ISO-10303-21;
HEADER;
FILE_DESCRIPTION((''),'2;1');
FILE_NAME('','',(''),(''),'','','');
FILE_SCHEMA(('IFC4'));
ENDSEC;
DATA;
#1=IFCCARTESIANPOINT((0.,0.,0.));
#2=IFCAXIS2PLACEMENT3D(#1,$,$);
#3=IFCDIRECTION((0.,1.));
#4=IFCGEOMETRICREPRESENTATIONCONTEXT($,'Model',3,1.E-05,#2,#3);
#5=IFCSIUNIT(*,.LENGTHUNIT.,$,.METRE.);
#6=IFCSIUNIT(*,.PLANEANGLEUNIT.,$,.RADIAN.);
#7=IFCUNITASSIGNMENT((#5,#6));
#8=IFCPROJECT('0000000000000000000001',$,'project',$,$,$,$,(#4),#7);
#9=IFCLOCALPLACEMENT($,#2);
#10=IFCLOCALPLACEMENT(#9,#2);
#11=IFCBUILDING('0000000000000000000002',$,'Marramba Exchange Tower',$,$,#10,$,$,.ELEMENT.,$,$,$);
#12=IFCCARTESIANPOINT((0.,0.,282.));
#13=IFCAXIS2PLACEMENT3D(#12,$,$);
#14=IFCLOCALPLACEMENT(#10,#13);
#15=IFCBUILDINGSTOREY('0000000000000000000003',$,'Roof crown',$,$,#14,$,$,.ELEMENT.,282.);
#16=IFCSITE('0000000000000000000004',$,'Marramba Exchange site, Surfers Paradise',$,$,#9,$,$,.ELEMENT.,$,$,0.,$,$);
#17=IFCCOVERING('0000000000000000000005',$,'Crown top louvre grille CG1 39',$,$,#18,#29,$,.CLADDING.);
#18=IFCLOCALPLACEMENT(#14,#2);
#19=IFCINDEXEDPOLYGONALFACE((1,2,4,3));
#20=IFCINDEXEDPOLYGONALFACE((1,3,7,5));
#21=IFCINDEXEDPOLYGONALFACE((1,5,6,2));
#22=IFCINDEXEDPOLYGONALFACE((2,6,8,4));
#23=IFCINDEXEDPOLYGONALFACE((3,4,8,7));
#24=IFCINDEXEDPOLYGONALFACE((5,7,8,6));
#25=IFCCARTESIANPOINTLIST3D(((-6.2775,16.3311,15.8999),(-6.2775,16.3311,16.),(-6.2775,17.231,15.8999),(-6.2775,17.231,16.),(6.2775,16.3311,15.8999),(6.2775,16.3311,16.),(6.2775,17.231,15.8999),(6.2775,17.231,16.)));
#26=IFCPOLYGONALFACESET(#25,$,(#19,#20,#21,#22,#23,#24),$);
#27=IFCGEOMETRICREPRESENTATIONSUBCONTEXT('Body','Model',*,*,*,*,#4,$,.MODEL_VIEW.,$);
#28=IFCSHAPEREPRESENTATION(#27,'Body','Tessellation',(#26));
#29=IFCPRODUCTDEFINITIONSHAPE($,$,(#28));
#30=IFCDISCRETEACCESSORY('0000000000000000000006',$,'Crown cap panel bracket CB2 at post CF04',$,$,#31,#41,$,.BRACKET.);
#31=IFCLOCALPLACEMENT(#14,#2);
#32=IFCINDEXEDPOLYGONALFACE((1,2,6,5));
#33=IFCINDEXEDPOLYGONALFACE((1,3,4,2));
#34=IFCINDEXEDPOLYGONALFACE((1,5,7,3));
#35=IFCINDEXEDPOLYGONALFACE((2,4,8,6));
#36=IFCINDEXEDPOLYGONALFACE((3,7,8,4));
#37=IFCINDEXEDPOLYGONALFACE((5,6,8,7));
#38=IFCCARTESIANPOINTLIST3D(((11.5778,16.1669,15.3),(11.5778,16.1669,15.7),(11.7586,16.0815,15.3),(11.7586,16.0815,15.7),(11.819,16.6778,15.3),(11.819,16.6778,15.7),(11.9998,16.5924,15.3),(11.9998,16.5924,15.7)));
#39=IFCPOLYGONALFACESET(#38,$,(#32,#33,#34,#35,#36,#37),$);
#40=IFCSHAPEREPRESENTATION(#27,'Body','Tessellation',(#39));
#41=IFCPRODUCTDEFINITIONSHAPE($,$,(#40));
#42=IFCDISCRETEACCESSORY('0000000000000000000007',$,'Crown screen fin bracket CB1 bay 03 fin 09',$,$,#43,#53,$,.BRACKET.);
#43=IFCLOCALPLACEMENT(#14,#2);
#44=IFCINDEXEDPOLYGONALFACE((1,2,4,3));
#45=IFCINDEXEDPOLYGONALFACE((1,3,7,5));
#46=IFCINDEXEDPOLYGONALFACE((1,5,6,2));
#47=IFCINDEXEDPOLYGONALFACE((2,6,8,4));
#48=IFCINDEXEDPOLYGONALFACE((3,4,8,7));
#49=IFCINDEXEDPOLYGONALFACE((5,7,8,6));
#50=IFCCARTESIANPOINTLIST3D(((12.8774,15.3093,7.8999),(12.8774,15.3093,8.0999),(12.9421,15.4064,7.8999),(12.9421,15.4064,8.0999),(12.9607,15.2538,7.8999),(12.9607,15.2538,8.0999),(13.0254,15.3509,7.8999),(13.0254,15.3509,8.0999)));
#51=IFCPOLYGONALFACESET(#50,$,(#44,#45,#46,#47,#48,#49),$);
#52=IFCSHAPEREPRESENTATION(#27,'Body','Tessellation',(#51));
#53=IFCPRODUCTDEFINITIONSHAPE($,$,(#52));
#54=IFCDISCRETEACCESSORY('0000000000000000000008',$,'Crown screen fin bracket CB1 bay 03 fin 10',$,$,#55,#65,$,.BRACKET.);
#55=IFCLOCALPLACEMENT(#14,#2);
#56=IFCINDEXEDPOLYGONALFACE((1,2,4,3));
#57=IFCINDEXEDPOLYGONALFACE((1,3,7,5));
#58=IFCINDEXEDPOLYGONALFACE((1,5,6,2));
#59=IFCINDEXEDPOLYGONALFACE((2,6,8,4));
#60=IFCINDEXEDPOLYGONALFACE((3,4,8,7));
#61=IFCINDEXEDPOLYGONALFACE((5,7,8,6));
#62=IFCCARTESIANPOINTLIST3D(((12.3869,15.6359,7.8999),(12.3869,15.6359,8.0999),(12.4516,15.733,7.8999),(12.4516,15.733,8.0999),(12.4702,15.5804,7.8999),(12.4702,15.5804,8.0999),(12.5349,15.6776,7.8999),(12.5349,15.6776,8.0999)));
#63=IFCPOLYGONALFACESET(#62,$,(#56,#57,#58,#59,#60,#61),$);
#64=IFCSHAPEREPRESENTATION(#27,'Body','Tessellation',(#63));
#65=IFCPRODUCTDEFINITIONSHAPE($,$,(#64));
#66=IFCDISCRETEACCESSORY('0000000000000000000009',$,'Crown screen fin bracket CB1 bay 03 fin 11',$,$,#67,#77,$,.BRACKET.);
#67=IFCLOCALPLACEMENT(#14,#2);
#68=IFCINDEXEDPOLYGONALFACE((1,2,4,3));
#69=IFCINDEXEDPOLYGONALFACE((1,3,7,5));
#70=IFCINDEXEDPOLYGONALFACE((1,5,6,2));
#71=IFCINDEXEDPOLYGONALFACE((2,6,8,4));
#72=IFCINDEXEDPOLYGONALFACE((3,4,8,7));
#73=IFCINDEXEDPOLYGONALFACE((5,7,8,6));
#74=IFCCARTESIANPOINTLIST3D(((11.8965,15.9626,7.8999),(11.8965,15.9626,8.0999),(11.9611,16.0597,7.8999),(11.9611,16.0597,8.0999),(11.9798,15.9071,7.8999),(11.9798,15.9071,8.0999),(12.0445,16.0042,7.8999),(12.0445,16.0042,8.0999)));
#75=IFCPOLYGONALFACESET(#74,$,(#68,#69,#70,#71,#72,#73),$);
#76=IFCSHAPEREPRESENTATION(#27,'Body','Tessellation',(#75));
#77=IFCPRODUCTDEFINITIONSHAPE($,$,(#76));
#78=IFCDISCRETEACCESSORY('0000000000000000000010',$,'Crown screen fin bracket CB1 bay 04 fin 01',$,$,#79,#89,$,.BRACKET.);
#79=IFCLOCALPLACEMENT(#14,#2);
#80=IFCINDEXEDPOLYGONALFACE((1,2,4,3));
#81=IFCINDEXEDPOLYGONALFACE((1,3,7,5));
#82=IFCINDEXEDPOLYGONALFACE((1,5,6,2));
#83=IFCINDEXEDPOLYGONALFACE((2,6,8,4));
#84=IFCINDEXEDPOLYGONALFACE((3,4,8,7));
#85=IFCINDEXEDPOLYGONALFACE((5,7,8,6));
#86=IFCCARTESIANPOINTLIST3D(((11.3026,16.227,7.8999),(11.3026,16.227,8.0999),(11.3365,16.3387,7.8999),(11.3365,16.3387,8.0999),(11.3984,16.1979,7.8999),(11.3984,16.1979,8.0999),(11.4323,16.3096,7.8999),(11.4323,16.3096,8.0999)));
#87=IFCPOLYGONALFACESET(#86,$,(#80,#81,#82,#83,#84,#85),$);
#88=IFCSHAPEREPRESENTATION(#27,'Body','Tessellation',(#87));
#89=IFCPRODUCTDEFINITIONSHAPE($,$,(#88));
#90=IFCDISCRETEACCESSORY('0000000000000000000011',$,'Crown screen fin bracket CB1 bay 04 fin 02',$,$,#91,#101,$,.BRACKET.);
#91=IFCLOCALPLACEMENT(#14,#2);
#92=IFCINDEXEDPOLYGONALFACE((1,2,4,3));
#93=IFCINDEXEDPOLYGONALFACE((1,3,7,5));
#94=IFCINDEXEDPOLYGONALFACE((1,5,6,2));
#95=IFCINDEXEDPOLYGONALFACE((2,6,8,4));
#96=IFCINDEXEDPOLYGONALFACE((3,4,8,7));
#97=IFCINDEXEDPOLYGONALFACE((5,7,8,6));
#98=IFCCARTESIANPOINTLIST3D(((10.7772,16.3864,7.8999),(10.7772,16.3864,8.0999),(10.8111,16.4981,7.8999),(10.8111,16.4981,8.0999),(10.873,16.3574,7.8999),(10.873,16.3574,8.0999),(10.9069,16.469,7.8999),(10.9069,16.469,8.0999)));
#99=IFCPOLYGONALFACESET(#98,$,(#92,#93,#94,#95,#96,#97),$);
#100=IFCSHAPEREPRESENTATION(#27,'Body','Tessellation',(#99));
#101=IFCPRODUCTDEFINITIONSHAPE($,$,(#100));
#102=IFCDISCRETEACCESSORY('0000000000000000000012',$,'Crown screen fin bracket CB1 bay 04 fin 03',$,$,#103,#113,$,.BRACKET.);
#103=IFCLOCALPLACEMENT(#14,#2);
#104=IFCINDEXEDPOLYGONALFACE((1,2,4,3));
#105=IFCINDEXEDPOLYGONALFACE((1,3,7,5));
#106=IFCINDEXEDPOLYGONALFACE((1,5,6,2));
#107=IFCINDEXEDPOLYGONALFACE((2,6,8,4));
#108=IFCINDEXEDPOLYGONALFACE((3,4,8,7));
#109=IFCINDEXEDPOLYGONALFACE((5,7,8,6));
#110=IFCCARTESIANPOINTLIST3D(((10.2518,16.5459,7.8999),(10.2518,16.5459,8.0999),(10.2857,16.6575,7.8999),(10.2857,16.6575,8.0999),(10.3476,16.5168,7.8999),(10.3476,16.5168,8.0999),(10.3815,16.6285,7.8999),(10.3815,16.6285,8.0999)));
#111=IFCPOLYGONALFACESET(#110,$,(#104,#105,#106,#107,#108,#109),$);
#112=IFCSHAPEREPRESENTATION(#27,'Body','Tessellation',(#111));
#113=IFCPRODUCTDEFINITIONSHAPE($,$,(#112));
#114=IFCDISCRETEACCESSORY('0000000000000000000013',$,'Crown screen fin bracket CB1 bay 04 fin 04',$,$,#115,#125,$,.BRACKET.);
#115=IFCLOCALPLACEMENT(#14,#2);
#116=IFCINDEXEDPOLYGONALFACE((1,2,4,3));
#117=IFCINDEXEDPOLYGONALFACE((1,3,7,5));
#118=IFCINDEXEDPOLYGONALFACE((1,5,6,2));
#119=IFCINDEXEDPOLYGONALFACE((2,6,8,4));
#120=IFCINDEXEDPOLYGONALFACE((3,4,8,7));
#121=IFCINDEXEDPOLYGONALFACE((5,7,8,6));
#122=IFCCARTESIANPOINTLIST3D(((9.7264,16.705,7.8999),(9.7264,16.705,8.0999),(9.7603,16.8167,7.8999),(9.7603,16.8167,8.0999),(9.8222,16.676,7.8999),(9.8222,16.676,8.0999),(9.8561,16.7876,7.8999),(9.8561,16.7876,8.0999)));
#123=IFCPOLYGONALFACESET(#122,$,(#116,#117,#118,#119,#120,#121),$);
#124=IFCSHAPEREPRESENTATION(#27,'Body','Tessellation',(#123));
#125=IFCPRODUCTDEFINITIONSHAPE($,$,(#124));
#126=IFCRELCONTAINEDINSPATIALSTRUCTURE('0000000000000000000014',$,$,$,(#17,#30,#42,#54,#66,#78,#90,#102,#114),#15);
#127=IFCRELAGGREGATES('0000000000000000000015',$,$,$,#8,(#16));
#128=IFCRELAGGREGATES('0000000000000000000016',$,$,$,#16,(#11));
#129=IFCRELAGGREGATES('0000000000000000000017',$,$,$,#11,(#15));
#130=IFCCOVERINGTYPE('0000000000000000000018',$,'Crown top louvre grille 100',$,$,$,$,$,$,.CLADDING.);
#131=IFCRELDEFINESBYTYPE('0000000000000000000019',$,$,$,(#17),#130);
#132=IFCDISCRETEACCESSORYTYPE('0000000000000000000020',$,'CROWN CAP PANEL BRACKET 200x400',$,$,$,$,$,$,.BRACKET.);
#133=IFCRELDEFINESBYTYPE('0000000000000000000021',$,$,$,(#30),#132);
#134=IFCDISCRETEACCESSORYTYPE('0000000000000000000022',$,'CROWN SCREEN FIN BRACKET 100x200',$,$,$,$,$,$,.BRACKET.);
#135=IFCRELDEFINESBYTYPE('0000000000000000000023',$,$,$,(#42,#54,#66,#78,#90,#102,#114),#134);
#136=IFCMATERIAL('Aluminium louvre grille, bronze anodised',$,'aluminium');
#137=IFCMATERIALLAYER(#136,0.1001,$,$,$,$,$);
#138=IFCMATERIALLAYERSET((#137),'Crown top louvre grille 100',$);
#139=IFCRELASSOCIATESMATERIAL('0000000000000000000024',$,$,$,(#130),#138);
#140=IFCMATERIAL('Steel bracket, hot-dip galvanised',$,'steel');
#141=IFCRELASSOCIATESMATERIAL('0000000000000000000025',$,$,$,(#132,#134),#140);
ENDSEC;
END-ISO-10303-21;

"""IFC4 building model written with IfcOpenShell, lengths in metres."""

from ifc_helpers import new_model, si_unit, direction, frame, origin, origin_2d, place, context, subcontext, project, spatial, rectangle, extrude, material, layer, layer_set, type_object, element, save


model = new_model("IFC4")

# Units and contexts
model_context = context("Model", 3, precision=1e-05, world=origin(), true_north=direction((0.0, 1.0)))
body_context = subcontext(model_context, "Body", "Model", "MODEL_VIEW")
ifc_project = project(units=[si_unit("LENGTHUNIT", "METRE"), si_unit("PLANEANGLEUNIT", "RADIAN")], contexts=[model_context])

# Site, building, storey
site_placement = place(None, origin())
site = spatial("IfcSite", under=ifc_project, at=site_placement, Name="Marramba Exchange site, Surfers Paradise", CompositionType="ELEMENT", RefElevation=0.0)
building_placement = place(site_placement, origin())
building = spatial("IfcBuilding", under=site, at=building_placement, Name="Marramba Exchange Tower", CompositionType="ELEMENT")
storey_placement = place(building_placement, frame((0.0, 0.0, 282.0)))
storey = spatial("IfcBuildingStorey", under=building, at=storey_placement, Name="Roof crown", CompositionType="ELEMENT", Elevation=282.0)

# Covering
ifc_material_1 = material(Name="Aluminium louvre grille, bronze anodised", Category="aluminium")
ifc_layer_1 = layer(ifc_material_1, 0.1001)
ifc_layer_set_1 = layer_set([ifc_layer_1], Name="Crown top louvre grille 100")
covering_type_1 = type_object("IfcCoveringType", Name="Crown top louvre grille 100", PredefinedType="CLADDING", material=ifc_layer_set_1)
covering_1_placement = place(storey_placement, frame((0.0, 16.781, 15.8999), z_axis=(0.0, 0.0, 1.0), x_axis=(1.0, 0.0, 0.0)))
element("IfcCovering", 1, at=covering_1_placement, inside=storey, type_object=covering_type_1, Name="Crown top louvre grille CG1 39", PredefinedType="CLADDING", context=body_context, shape_type="SweptSolid", body=[
    extrude(rectangle(XDim=12.5549, YDim=0.8999, at=origin_2d()), origin(), (0.0, 0.0, 1.0), 0.1001),
])

# Discrete accessories
ifc_material_2 = material(Name="Steel bracket, hot-dip galvanised", Category="steel")
discrete_accessory_type_1 = type_object("IfcDiscreteAccessoryType", Name="CROWN CAP PANEL BRACKET 200x400", PredefinedType="BRACKET", material=ifc_material_2)
discrete_accessory_placement = place(storey_placement, frame((11.7888, 16.3796, 15.3), z_axis=(0.0, 0.0, 1.0), x_axis=(0.426919, 0.90429, 0.0)))
element("IfcDiscreteAccessory", 2, at=discrete_accessory_placement, inside=storey, type_object=discrete_accessory_type_1, Name="Crown cap panel bracket CB2 at post CF04", PredefinedType="BRACKET", context=body_context, shape_type="SweptSolid", body=[
    extrude(rectangle(XDim=0.5649, YDim=0.2, at=origin_2d()), origin(), (0.0, 0.0, 1.0), 0.3999),
])
discrete_accessory_type_2 = type_object("IfcDiscreteAccessoryType", Name="CROWN SCREEN FIN BRACKET 100x200", PredefinedType="BRACKET", material=ifc_material_2)
for number, where, z_axis, x_axis, name in (
    (3, (12.9514, 15.3301, 7.8999), (0.0, 0.0, 1.0), (-0.832289, 0.554342, 0.0), "Crown screen fin bracket CB1 bay 03 fin 09"),
    (4, (12.4609, 15.6567, 7.8999), (0.0, 0.0, 1.0), (-0.832289, 0.554342, 0.0), "Crown screen fin bracket CB1 bay 03 fin 10"),
    (5, (11.9705, 15.9834, 7.8999), (0.0, 0.0, 1.0), (-0.832289, 0.554342, 0.0), "Crown screen fin bracket CB1 bay 03 fin 11"),
    (6, (11.3674, 16.2683, 7.8999), (0.0, 0.0, 1.0), (-0.95692, 0.290352, 0.0), "Crown screen fin bracket CB1 bay 04 fin 01"),
    (7, (10.842, 16.4277, 7.8999), (0.0, 0.0, 1.0), (-0.95692, 0.290352, 0.0), "Crown screen fin bracket CB1 bay 04 fin 02"),
    (8, (10.3167, 16.5872, 7.8999), (0.0, 0.0, 1.0), (-0.95692, 0.290352, 0.0), "Crown screen fin bracket CB1 bay 04 fin 03"),
    (9, (9.7913, 16.7463, 7.8999), (0.0, 0.0, 1.0), (-0.95692, 0.290352, 0.0), "Crown screen fin bracket CB1 bay 04 fin 04"),
):
    element("IfcDiscreteAccessory", number, at=place(storey_placement, frame(where, z_axis=z_axis, x_axis=x_axis)), inside=storey, type_object=discrete_accessory_type_2, Name=name, PredefinedType="BRACKET", context=body_context, shape_type="SweptSolid", body=[
        extrude(rectangle(XDim=0.1001, YDim=0.1167, at=origin_2d()), origin(), (0.0, 0.0, 1.0), 0.2),
    ])

save(model, "model.ifc")
